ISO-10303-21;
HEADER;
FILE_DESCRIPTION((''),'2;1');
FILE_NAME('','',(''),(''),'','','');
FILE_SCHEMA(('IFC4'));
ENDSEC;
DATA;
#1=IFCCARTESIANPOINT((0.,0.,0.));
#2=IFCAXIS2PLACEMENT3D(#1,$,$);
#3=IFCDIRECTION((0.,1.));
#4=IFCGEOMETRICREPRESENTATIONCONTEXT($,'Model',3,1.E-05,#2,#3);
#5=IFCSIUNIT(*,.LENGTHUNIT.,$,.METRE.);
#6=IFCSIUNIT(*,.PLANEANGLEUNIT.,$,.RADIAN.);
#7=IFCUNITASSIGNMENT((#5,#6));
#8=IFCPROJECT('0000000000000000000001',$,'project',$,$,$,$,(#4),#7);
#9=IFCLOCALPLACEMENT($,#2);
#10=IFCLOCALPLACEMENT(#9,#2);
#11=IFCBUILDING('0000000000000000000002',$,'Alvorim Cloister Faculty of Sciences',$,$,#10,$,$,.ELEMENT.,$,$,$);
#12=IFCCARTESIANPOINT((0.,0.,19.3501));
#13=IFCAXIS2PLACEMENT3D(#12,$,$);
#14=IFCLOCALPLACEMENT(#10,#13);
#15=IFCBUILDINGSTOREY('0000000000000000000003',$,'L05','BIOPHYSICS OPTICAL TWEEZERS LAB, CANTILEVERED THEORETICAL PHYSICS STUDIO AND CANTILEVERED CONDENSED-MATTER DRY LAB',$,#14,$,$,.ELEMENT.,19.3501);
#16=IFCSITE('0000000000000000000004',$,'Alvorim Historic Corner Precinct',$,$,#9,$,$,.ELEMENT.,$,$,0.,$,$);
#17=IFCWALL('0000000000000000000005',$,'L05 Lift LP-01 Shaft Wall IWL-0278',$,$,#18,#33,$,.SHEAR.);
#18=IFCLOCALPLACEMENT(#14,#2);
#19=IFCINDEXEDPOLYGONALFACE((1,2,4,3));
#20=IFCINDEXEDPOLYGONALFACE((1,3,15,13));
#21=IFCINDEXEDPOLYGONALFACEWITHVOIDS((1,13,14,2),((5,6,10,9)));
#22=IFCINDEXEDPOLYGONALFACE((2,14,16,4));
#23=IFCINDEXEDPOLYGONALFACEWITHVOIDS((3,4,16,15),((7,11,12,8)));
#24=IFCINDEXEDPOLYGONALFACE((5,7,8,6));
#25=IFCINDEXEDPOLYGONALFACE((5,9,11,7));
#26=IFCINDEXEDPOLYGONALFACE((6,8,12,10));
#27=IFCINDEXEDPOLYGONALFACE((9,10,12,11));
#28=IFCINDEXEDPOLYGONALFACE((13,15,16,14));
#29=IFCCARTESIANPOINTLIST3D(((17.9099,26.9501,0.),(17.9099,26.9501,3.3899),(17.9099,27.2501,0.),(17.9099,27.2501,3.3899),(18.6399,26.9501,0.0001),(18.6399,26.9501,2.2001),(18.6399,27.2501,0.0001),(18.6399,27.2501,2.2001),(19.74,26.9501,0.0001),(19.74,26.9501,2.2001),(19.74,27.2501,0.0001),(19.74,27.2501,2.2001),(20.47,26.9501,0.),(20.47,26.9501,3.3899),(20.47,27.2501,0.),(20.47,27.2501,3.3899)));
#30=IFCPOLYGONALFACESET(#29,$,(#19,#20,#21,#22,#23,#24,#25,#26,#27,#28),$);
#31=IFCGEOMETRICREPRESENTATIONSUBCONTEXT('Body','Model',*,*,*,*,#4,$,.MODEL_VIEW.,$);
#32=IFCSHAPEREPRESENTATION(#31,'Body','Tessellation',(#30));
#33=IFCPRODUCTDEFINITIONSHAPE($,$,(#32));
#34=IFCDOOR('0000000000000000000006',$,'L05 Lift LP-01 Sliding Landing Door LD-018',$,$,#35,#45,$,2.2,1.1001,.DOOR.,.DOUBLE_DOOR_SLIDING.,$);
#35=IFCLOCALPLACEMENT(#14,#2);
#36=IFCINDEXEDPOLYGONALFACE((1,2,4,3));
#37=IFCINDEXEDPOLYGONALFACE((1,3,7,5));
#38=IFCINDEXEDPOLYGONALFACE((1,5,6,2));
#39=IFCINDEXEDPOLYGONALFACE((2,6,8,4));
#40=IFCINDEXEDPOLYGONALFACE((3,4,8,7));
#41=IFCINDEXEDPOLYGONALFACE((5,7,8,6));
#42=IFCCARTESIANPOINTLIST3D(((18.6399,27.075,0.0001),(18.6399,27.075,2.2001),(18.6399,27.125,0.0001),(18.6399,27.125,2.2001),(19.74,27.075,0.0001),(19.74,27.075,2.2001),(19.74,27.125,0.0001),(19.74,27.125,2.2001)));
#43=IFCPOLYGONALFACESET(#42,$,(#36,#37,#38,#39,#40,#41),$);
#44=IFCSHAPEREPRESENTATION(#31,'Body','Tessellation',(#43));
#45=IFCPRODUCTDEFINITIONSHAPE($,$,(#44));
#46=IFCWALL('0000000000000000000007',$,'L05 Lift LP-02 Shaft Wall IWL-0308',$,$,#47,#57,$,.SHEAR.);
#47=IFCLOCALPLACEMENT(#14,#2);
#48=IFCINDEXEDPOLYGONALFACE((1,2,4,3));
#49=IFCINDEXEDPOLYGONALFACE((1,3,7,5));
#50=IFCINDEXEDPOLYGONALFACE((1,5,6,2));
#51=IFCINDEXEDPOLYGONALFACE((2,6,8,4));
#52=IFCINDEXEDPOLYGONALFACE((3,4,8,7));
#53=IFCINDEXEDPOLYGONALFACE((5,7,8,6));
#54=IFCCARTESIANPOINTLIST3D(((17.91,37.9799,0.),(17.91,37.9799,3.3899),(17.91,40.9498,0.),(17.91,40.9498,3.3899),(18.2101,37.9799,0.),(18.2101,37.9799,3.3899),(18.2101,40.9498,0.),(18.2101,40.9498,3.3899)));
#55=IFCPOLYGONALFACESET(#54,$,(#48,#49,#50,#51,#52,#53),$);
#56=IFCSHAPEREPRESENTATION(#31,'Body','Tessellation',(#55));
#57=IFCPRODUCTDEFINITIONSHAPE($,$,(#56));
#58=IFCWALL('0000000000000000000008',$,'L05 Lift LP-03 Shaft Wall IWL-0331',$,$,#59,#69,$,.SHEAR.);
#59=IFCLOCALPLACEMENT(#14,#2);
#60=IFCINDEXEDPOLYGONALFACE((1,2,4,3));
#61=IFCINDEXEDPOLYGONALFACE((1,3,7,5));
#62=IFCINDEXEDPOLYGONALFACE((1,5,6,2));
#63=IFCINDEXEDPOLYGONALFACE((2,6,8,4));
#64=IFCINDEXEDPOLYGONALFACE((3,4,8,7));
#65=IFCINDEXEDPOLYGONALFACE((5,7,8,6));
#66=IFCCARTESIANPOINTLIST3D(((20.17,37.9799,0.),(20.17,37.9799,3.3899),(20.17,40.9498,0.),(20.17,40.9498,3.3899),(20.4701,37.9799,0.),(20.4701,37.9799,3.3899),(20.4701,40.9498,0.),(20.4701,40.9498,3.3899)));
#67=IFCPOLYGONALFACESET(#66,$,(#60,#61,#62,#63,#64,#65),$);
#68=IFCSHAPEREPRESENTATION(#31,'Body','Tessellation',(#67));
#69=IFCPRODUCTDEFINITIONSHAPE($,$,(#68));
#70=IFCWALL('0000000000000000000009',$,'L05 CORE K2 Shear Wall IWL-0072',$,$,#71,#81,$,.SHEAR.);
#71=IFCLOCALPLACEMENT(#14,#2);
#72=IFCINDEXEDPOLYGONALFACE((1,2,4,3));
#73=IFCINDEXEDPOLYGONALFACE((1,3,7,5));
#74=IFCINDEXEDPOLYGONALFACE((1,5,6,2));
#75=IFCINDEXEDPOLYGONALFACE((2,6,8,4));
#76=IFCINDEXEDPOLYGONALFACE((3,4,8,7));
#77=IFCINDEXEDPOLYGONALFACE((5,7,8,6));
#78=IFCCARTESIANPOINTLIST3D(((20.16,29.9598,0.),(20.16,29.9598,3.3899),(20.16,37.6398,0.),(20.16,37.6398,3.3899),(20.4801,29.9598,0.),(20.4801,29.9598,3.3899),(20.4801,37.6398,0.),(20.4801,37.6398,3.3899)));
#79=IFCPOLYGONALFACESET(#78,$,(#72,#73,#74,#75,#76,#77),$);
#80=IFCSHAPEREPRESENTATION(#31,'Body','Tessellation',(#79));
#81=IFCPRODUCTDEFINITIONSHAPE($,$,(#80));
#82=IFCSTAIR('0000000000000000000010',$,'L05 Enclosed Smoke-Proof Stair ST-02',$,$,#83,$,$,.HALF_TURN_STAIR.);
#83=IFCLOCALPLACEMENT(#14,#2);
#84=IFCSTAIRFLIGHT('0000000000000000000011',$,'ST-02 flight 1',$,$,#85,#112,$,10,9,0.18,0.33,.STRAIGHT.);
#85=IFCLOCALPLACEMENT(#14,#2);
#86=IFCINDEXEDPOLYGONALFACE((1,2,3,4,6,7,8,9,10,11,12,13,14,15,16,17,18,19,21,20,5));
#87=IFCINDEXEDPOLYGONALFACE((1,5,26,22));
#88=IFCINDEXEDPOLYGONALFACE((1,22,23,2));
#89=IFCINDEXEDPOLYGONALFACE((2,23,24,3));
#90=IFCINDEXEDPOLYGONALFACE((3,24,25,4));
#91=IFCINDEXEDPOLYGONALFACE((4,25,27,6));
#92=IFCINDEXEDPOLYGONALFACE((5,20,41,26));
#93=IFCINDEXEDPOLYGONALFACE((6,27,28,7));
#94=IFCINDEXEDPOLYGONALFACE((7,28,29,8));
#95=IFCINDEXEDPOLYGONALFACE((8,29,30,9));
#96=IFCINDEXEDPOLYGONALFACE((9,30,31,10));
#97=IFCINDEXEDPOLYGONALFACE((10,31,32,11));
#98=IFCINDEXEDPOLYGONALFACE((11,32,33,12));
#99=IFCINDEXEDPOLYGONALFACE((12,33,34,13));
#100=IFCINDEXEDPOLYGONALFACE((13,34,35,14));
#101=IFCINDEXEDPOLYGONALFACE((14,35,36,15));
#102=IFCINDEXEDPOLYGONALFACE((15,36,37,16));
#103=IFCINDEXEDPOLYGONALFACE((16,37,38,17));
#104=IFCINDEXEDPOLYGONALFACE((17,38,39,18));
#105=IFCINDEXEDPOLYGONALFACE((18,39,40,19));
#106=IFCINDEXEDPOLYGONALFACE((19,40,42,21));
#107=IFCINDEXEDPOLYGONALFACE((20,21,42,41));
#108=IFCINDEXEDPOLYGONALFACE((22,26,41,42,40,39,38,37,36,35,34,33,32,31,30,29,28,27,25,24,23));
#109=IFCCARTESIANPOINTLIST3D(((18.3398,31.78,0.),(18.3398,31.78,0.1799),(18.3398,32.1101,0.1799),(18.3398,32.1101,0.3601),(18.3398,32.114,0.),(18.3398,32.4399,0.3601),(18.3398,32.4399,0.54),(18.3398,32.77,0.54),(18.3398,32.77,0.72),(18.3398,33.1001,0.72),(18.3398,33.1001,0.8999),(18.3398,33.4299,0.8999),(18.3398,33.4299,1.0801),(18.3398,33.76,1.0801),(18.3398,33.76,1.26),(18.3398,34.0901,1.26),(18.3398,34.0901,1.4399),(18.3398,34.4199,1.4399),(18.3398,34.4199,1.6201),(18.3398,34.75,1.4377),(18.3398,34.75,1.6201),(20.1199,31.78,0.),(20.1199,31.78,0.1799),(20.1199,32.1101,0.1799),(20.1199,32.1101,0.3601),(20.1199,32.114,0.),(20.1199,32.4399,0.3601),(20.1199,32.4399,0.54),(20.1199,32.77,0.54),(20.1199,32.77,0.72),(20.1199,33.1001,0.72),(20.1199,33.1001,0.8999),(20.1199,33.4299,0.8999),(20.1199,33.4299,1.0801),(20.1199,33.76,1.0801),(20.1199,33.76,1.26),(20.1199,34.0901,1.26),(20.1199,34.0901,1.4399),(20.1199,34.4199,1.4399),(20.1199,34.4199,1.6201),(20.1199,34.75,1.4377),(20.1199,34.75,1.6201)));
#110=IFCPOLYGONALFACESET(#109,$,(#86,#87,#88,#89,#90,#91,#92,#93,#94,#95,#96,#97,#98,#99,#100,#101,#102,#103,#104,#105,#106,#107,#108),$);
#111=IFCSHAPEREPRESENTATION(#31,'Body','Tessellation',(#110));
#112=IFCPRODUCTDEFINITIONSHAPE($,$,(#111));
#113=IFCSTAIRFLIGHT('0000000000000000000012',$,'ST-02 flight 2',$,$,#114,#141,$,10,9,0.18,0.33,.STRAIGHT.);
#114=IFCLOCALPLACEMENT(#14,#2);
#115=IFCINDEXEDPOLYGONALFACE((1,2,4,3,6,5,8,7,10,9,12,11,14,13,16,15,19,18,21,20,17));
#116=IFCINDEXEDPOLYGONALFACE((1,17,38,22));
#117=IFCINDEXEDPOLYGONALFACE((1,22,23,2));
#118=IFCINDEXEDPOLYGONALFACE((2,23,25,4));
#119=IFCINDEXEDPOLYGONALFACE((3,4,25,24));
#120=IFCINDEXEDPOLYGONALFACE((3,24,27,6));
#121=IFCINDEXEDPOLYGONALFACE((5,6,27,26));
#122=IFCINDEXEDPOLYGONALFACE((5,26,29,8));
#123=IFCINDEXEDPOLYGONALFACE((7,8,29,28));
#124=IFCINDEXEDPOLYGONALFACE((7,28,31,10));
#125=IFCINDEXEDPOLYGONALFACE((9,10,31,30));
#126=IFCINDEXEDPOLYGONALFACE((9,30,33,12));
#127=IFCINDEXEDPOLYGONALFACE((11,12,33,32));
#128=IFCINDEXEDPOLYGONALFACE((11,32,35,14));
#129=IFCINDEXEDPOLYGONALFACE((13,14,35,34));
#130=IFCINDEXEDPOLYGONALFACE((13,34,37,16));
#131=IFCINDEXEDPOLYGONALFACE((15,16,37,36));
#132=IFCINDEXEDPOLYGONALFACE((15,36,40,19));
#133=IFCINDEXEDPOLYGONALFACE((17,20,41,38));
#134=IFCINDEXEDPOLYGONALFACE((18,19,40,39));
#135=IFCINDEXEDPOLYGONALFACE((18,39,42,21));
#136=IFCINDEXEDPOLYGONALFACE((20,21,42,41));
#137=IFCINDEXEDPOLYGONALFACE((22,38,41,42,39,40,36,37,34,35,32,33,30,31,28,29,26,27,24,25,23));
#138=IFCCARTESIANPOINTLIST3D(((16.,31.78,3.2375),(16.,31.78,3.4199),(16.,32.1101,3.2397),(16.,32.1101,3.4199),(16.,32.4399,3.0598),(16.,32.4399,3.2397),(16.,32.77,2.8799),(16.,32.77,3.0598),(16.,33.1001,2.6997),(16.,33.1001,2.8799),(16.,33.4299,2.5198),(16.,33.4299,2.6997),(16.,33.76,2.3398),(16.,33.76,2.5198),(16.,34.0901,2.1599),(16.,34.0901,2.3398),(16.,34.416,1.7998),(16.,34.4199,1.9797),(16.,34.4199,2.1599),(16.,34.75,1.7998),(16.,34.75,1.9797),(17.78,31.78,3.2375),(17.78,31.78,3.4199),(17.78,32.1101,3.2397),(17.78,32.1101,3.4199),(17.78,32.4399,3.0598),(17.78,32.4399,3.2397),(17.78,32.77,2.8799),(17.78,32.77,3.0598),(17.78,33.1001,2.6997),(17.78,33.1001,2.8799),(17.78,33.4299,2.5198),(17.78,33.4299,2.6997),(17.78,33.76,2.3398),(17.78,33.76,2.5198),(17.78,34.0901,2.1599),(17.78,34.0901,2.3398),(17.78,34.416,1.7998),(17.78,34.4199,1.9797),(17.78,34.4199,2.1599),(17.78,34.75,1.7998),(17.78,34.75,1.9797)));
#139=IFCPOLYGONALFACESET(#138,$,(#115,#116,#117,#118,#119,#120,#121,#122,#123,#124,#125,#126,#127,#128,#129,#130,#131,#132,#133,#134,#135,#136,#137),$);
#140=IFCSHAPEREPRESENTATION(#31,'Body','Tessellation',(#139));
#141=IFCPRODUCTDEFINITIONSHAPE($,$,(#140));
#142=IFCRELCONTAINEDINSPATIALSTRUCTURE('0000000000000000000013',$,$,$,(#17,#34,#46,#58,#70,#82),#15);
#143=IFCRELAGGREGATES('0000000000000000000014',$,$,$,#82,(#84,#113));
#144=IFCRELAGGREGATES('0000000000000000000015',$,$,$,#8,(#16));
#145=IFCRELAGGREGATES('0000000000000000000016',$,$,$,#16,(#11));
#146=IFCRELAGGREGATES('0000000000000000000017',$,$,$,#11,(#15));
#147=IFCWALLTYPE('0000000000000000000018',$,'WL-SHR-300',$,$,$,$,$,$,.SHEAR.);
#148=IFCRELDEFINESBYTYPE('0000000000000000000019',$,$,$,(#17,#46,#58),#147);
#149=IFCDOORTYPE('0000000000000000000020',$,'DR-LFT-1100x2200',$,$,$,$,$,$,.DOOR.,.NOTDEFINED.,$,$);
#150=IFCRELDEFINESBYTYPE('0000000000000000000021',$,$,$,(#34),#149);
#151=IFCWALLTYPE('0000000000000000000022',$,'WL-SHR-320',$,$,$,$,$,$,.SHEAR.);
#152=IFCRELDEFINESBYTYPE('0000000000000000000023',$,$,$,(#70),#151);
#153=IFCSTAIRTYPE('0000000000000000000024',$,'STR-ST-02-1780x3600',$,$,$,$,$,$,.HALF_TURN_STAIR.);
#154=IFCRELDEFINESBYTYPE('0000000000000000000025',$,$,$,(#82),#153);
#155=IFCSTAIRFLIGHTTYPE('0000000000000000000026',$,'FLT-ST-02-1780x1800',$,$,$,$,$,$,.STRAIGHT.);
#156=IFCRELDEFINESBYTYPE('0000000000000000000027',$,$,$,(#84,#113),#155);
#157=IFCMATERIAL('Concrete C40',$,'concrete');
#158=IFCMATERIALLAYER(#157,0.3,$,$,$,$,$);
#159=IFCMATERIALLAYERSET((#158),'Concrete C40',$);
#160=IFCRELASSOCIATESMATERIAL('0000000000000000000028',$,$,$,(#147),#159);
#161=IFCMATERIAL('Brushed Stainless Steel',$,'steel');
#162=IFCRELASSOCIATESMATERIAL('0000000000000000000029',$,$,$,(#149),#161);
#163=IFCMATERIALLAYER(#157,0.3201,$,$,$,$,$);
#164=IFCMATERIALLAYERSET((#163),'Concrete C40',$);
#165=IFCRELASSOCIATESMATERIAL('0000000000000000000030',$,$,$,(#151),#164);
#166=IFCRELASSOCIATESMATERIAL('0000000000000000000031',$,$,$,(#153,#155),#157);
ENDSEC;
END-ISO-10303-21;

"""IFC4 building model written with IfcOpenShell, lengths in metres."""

from ifc_helpers import new_model, si_unit, direction, frame, frame_2d, origin, place, context, subcontext, project, spatial, polyline, rectangle, outline, extrude, material, layer, layer_set, type_object, element, fill, aggregate, save


model = new_model("IFC4")

# Units and contexts
model_context = context("Model", 3, precision=1e-05, world=origin(), true_north=direction((0.0, 1.0)))
body_context = subcontext(model_context, "Body", "Model", "MODEL_VIEW")
ifc_project = project(units=[si_unit("LENGTHUNIT", "METRE"), si_unit("PLANEANGLEUNIT", "RADIAN")], contexts=[model_context])

# Site, building, storey
site_placement = place(None, origin())
site = spatial("IfcSite", under=ifc_project, at=site_placement, Name="Alvorim Historic Corner Precinct", CompositionType="ELEMENT", RefElevation=0.0)
building_placement = place(site_placement, origin())
building = spatial("IfcBuilding", under=site, at=building_placement, Name="Alvorim Cloister Faculty of Sciences", CompositionType="ELEMENT")
storey_placement = place(building_placement, frame((0.0, 0.0, 19.3501)))
storey = spatial("IfcBuildingStorey", under=building, at=storey_placement, Name="L05", Description="BIOPHYSICS OPTICAL TWEEZERS LAB, CANTILEVERED THEORETICAL PHYSICS STUDIO AND CANTILEVERED CONDENSED-MATTER DRY LAB", CompositionType="ELEMENT", Elevation=19.3501)

# Wall, opening, door
ifc_material_1 = material(Name="Concrete C40", Category="concrete")
ifc_layer_1 = layer(ifc_material_1, 0.3)
ifc_layer_set_1 = layer_set([ifc_layer_1], Name="Concrete C40")
wall_type_1 = type_object("IfcWallType", Name="WL-SHR-300", PredefinedType="SHEAR", material=ifc_layer_set_1)
wall_1_placement = place(storey_placement, frame((17.9099, 27.1001, 0.0), z_axis=(0.0, 0.0, 1.0), x_axis=(1.0, 0.0, 0.0)))
wall_1 = element("IfcWall", 1, at=wall_1_placement, inside=storey, type_object=wall_type_1, Name="L05 Lift LP-01 Shaft Wall IWL-0278", PredefinedType="SHEAR", context=body_context, shape_type="SweptSolid", body=[
    extrude(rectangle(XDim=2.5601, YDim=0.3, at=frame_2d((1.28, 0.0))), origin(), (0.0, 0.0, 1.0), 3.3899),
])
opening_1_placement = place(wall_1_placement, frame((0.73, 0.0, 0.0)))
opening_1 = element("IfcOpeningElement", 2, at=opening_1_placement, cuts=wall_1, PredefinedType="OPENING", context=body_context, shape_type="SweptSolid", body=[
    extrude(rectangle(XDim=1.1001, YDim=2.2, at=frame_2d((0.55, 1.1001))), frame((0.0, 0.1621, 0.0), z_axis=(0.0, -1.0, 0.0), x_axis=(1.0, 0.0, 0.0)), (0.0, 0.0, 1.0), 0.324),
])
ifc_material_2 = material(Name="Brushed Stainless Steel", Category="steel")
door_type_1 = type_object("IfcDoorType", Name="DR-LFT-1100x2200", OperationType="NOTDEFINED", PredefinedType="DOOR", material=ifc_material_2)
door_1_placement = place(opening_1_placement, origin())
door_1 = element("IfcDoor", 3, at=door_1_placement, inside=storey, type_object=door_type_1, Name="L05 Lift LP-01 Sliding Landing Door LD-018", OperationType="DOUBLE_DOOR_SLIDING", OverallHeight=2.2, OverallWidth=1.1001, PredefinedType="DOOR", context=body_context, shape_type="SweptSolid", body=[
    extrude(rectangle(XDim=1.1001, YDim=2.2, at=frame_2d((0.55, 1.1001))), frame((0.0, 0.0249, 0.0), z_axis=(0.0, -1.0, 0.0), x_axis=(1.0, 0.0, 0.0)), (0.0, 0.0, 1.0), 0.05),
])
fill(opening_1, door_1)

# Walls
for number, where, z_axis, x_axis, name in (
    (4, (18.0601, 37.98, 0.0), (0.0, 0.0, 1.0), (0.0, 1.0, 0.0), "L05 Lift LP-02 Shaft Wall IWL-0308"),
    (5, (20.3201, 37.98, 0.0), (0.0, 0.0, 1.0), (0.0, 1.0, 0.0), "L05 Lift LP-03 Shaft Wall IWL-0331"),
):
    element("IfcWall", number, at=place(storey_placement, frame(where, z_axis=z_axis, x_axis=x_axis)), inside=storey, type_object=wall_type_1, Name=name, PredefinedType="SHEAR", context=body_context, shape_type="SweptSolid", body=[
        extrude(rectangle(XDim=2.97, YDim=0.3, at=frame_2d((1.4849, 0.0))), origin(), (0.0, 0.0, 1.0), 3.3899),
    ])
ifc_layer_2 = layer(ifc_material_1, 0.3201)
ifc_layer_set_2 = layer_set([ifc_layer_2], Name="Concrete C40")
wall_type_2 = type_object("IfcWallType", Name="WL-SHR-320", PredefinedType="SHEAR", material=ifc_layer_set_2)
wall_2_placement = place(storey_placement, frame((20.3201, 29.96, 0.0), z_axis=(0.0, 0.0, 1.0), x_axis=(0.0, 1.0, 0.0)))
element("IfcWall", 6, at=wall_2_placement, inside=storey, type_object=wall_type_2, Name="L05 CORE K2 Shear Wall IWL-0072", PredefinedType="SHEAR", context=body_context, shape_type="SweptSolid", body=[
    extrude(rectangle(XDim=7.6799, YDim=0.3201, at=frame_2d((3.8398, 0.0))), origin(), (0.0, 0.0, 1.0), 3.3899),
])

# Stair, stair flights
stair_type = type_object("IfcStairType", Name="STR-ST-02-1780x3600", PredefinedType="HALF_TURN_STAIR", material=ifc_material_1)
stair_placement = place(storey_placement, origin())
stair = element("IfcStair", 7, at=stair_placement, inside=storey, type_object=stair_type, Name="L05 Enclosed Smoke-Proof Stair ST-02", PredefinedType="HALF_TURN_STAIR")
stair_flight_type = type_object("IfcStairFlightType", Name="FLT-ST-02-1780x1800", PredefinedType="STRAIGHT", material=ifc_material_1)
stair_flight_1_placement = place(storey_placement, frame((19.23, 31.78, 0.0), z_axis=(0.0, 0.0, 1.0), x_axis=(0.0, 1.0, 0.0)))
stair_flight_1 = element("IfcStairFlight", 8, at=stair_flight_1_placement, type_object=stair_flight_type, Name="ST-02 flight 1", NumberOfRisers=10, NumberOfTreads=9, PredefinedType="STRAIGHT", RiserHeight=0.18, TreadLength=0.33, context=body_context, shape_type="SweptSolid", body=[
    extrude(outline(polyline([(0.334, 0.0), (2.97, 1.4377), (2.97, 1.8), (2.97, 1.6201), (2.6399, 1.6201), (2.6399, 1.4399), (2.3101, 1.4399), (2.3101, 1.26), (1.98, 1.26), (1.98, 1.0801), (1.6499, 1.0801), (1.6499, 0.8999), (1.3201, 0.8999), (1.3201, 0.72), (0.99, 0.72), (0.99, 0.54), (0.6599, 0.54), (0.6599, 0.3601), (0.3301, 0.3601), (0.3301, 0.1799), (0.0, 0.1799), (0.0, 0.0), (0.334, 0.0)])), frame((0.0, 0.8901, 0.0), z_axis=(0.0, -1.0, 0.0), x_axis=(1.0, 0.0, 0.0)), (0.0, 0.0, 1.0), 1.78),
])
stair_flight_2_placement = place(storey_placement, frame((16.8899, 34.75, 1.7998), z_axis=(0.0, 0.0, 1.0), x_axis=(0.0, -1.0, 0.0)))
stair_flight_2 = element("IfcStairFlight", 9, at=stair_flight_2_placement, type_object=stair_flight_type, Name="ST-02 flight 2", NumberOfRisers=10, NumberOfTreads=9, PredefinedType="STRAIGHT", RiserHeight=0.18, TreadLength=0.33, context=body_context, shape_type="SweptSolid", body=[
    extrude(outline(polyline([(0.334, 0.0), (2.97, 1.4377), (2.97, 1.8), (2.97, 1.6201), (2.6399, 1.6201), (2.6399, 1.4399), (2.3101, 1.4399), (2.3101, 1.26), (1.98, 1.26), (1.98, 1.0801), (1.6499, 1.0801), (1.6499, 0.8999), (1.3201, 0.8999), (1.3201, 0.72), (0.99, 0.72), (0.99, 0.54), (0.6599, 0.54), (0.6599, 0.3601), (0.3301, 0.3601), (0.3301, 0.1799), (0.0, 0.1799), (0.0, 0.0), (0.334, 0.0)])), frame((0.0, 0.8901, 0.0), z_axis=(0.0, -1.0, 0.0), x_axis=(1.0, 0.0, 0.0)), (0.0, 0.0, 1.0), 1.78),
])
aggregate(stair, [stair_flight_1, stair_flight_2])

save(model, "model.ifc")
